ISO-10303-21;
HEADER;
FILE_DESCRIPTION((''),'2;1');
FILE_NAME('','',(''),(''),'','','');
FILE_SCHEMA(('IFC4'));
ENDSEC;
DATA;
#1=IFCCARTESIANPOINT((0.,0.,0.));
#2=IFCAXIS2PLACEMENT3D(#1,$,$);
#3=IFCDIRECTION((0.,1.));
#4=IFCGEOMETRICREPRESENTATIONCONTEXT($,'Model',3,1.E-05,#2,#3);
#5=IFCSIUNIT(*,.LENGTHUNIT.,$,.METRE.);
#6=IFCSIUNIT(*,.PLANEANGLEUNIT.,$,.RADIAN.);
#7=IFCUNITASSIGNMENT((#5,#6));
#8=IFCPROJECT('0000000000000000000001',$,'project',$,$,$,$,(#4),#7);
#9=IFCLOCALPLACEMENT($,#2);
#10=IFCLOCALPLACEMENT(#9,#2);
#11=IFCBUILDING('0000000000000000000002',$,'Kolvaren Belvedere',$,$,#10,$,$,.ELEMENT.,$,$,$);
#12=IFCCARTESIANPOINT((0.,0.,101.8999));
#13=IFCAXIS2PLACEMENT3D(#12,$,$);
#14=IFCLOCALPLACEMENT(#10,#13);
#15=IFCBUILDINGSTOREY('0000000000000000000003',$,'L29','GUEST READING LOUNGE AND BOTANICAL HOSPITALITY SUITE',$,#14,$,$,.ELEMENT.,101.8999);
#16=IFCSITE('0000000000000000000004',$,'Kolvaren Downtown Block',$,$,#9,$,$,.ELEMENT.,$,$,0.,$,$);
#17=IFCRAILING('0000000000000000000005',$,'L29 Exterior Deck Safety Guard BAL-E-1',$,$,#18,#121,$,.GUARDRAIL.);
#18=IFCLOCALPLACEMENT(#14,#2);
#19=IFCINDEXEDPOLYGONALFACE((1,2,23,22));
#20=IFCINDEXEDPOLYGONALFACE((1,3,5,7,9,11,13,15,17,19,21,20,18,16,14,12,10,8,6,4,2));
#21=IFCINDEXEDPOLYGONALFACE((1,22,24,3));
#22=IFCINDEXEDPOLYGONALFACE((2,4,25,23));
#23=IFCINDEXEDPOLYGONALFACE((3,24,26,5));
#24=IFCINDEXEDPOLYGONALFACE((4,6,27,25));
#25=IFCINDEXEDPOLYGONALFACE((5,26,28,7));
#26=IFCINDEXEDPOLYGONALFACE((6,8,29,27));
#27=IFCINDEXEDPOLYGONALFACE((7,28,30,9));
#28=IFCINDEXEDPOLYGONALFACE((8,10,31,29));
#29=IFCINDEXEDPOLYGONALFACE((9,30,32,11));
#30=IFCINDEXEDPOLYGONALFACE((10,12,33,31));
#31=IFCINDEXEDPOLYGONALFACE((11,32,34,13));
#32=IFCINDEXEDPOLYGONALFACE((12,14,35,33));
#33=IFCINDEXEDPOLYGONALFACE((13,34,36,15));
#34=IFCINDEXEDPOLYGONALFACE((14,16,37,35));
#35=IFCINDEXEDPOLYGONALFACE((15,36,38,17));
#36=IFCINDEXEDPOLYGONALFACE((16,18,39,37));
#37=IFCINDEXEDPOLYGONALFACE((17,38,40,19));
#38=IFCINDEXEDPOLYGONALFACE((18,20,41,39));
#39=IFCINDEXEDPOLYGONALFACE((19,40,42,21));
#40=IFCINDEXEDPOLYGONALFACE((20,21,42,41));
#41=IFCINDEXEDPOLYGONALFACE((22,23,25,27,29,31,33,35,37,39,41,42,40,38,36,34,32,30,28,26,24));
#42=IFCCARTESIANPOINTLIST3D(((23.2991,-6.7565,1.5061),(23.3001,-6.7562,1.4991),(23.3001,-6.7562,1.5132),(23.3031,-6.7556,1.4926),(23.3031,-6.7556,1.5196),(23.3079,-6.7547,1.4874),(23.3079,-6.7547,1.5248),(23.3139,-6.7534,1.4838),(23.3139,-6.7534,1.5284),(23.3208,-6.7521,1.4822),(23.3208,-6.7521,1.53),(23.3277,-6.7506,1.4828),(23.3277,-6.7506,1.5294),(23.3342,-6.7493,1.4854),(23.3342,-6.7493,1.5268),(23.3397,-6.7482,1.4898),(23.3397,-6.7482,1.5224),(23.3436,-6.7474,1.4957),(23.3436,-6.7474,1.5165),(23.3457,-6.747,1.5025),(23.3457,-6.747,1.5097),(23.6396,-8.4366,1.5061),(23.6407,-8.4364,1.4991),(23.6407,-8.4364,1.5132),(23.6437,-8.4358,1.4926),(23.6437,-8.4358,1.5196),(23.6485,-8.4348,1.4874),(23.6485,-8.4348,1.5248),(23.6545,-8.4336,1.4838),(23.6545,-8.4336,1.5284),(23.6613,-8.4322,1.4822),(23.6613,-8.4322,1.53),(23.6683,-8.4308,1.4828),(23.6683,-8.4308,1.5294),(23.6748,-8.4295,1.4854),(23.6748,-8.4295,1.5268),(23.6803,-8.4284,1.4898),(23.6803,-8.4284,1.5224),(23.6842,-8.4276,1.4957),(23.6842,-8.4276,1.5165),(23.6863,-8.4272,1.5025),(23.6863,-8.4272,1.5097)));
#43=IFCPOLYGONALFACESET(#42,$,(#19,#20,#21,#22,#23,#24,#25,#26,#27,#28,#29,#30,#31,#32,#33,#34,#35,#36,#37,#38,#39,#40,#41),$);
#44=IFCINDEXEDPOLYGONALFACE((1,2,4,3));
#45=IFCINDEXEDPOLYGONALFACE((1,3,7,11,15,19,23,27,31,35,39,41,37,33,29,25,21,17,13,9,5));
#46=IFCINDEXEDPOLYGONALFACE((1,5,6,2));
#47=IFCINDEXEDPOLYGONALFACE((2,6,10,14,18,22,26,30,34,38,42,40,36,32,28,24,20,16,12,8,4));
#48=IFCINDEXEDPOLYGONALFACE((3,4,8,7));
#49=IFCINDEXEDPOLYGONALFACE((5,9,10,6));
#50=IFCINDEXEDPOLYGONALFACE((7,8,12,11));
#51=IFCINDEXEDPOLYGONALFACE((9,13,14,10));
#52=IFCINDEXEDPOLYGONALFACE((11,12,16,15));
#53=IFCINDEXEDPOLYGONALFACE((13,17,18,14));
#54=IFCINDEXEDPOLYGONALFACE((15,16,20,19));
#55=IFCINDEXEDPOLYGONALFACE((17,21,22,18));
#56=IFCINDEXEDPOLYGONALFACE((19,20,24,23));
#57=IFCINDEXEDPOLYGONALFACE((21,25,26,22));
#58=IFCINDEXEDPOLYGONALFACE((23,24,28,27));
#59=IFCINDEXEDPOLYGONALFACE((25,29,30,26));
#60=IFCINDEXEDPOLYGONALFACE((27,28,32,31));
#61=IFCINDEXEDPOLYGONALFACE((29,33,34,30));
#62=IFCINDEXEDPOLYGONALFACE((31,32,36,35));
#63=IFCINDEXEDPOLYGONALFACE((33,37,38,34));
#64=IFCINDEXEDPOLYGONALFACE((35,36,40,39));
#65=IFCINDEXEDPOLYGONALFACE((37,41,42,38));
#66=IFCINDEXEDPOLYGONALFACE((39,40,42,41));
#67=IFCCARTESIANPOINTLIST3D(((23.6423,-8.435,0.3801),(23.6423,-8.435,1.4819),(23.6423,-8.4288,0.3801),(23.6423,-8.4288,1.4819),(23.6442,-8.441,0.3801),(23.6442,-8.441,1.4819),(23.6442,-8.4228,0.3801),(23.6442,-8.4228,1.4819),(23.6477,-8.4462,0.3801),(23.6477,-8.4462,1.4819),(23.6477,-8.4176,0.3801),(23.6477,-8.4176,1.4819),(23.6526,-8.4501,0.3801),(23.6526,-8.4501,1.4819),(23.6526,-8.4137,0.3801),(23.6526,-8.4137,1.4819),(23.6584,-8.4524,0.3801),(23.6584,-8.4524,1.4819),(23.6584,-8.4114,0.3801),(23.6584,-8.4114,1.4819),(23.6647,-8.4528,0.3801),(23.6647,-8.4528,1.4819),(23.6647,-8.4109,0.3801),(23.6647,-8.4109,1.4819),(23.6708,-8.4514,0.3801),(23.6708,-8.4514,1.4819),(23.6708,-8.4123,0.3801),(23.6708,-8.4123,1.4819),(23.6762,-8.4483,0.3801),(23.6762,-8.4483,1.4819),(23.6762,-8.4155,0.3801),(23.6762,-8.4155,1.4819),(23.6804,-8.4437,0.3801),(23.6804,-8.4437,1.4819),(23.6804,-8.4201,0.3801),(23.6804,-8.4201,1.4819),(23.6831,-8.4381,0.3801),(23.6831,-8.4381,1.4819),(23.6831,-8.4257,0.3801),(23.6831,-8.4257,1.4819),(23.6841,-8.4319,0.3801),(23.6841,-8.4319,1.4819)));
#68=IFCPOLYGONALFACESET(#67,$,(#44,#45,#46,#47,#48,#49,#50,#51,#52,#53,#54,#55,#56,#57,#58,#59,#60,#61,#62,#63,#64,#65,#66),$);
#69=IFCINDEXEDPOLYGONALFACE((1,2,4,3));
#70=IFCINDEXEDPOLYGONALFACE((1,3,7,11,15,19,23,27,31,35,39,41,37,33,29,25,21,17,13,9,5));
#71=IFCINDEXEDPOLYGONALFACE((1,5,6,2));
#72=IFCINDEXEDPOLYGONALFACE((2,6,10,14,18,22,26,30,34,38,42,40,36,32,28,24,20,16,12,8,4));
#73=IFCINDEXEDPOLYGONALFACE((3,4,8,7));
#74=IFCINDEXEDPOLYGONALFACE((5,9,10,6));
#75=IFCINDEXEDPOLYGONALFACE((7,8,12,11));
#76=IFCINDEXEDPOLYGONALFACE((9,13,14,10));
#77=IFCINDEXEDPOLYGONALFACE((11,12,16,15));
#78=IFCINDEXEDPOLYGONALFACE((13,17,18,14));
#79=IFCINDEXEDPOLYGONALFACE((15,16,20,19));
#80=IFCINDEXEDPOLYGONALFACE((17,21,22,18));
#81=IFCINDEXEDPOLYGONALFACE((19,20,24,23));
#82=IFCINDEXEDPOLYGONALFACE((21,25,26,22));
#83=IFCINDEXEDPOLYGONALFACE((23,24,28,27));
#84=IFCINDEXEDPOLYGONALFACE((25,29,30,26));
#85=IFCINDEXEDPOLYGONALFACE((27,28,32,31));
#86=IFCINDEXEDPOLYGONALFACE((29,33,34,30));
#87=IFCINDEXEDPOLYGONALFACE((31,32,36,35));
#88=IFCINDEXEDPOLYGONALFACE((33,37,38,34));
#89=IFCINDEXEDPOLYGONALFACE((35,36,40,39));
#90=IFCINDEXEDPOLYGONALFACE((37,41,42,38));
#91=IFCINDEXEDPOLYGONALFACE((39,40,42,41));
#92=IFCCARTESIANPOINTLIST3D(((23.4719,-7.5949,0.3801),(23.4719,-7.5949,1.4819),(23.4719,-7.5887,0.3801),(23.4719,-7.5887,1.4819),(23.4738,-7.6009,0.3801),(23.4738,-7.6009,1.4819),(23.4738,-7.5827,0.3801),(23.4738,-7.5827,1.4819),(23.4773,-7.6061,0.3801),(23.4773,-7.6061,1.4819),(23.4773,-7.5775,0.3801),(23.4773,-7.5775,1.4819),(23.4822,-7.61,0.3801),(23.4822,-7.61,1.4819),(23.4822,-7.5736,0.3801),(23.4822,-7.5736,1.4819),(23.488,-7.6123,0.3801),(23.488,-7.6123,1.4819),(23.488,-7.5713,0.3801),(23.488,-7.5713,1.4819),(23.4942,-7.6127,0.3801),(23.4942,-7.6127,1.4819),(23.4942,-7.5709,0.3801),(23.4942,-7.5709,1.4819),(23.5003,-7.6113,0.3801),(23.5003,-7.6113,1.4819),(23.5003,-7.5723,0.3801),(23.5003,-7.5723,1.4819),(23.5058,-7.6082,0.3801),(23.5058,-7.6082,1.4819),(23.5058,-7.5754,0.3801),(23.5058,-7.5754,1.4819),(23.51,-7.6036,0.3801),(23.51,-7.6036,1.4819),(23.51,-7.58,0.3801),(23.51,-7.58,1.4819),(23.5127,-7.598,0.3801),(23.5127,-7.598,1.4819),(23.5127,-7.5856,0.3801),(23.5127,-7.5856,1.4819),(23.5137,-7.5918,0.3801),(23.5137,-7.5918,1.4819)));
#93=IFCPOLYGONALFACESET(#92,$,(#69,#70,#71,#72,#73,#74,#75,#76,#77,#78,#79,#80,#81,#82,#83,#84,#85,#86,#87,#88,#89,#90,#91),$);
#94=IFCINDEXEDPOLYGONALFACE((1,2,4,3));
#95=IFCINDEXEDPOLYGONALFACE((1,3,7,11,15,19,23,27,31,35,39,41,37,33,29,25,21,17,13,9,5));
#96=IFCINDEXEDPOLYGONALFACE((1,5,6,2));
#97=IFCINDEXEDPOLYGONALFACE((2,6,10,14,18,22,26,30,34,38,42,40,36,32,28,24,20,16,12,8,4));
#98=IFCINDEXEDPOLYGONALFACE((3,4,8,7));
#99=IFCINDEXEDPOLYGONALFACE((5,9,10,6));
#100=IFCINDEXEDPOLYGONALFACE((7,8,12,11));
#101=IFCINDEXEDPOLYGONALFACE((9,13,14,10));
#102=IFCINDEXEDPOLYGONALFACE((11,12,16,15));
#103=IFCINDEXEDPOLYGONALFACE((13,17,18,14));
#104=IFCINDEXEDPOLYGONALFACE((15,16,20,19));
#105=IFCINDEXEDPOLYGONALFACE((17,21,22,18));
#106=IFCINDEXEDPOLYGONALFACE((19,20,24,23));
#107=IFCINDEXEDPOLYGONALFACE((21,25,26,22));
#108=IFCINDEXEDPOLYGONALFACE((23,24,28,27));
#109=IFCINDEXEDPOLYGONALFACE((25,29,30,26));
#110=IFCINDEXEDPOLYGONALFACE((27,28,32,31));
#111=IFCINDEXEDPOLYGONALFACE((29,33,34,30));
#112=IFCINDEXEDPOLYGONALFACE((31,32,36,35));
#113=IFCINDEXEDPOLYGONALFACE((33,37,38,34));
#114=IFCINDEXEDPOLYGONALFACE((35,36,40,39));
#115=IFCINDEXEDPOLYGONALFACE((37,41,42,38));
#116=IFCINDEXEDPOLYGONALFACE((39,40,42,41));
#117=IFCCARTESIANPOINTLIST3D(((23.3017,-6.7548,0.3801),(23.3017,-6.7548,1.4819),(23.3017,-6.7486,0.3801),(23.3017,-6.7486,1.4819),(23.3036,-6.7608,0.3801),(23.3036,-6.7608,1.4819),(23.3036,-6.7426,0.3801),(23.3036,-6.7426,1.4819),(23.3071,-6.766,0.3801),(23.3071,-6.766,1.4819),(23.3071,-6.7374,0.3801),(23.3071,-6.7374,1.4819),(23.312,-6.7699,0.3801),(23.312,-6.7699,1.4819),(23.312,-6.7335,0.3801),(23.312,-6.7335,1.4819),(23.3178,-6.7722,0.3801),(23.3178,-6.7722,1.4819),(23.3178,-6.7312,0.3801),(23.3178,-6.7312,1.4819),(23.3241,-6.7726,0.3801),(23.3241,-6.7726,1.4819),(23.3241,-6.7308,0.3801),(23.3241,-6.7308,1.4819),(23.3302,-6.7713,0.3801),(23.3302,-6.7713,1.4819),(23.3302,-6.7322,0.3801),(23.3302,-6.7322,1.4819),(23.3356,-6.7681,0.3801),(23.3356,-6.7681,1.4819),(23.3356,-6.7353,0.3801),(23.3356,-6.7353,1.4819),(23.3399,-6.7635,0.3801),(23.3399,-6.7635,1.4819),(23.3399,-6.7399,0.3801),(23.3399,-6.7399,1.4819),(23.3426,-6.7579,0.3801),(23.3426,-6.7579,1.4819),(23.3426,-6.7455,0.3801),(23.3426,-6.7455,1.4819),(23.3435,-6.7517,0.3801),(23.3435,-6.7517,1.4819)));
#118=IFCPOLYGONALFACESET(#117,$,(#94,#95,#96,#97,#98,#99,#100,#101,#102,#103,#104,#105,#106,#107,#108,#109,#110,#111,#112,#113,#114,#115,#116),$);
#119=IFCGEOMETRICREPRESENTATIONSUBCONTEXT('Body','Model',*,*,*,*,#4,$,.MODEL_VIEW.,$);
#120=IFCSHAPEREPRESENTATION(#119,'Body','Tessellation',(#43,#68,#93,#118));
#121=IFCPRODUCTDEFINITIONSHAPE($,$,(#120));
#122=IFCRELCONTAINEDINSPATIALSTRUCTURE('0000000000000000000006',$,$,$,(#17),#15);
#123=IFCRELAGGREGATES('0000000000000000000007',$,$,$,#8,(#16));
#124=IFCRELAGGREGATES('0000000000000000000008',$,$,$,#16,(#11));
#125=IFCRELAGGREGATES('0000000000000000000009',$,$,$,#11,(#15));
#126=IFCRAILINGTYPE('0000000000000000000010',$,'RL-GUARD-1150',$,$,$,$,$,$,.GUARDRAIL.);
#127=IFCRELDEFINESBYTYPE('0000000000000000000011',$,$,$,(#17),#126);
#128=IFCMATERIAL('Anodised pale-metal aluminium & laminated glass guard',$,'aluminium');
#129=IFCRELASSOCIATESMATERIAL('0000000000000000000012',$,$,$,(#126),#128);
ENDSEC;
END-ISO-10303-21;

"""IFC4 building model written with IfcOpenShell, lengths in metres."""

from ifc_helpers import new_model, si_unit, direction, frame, origin, origin_2d, place, context, subcontext, project, spatial, circle, extrude, material, type_object, element, save


model = new_model("IFC4")

# Units and contexts
model_context = context("Model", 3, precision=1e-05, world=origin(), true_north=direction((0.0, 1.0)))
body_context = subcontext(model_context, "Body", "Model", "MODEL_VIEW")
ifc_project = project(units=[si_unit("LENGTHUNIT", "METRE"), si_unit("PLANEANGLEUNIT", "RADIAN")], contexts=[model_context])

# Site, building, storey
site_placement = place(None, origin())
site = spatial("IfcSite", under=ifc_project, at=site_placement, Name="Kolvaren Downtown Block", CompositionType="ELEMENT", RefElevation=0.0)
building_placement = place(site_placement, origin())
building = spatial("IfcBuilding", under=site, at=building_placement, Name="Kolvaren Belvedere", CompositionType="ELEMENT")
storey_placement = place(building_placement, frame((0.0, 0.0, 101.8999)))
storey = spatial("IfcBuildingStorey", under=building, at=storey_placement, Name="L29", Description="GUEST READING LOUNGE AND BOTANICAL HOSPITALITY SUITE", CompositionType="ELEMENT", Elevation=101.8999)

# Railing
ifc_material_1 = material(Name="Anodised pale-metal aluminium & laminated glass guard", Category="aluminium")
railing_type = type_object("IfcRailingType", Name="RL-GUARD-1150", PredefinedType="GUARDRAIL", material=ifc_material_1)
railing_1_placement = place(storey_placement, frame((23.6631, -8.4319, 0.3801)))
element("IfcRailing", 1, at=railing_1_placement, inside=storey, type_object=railing_type, Name="L29 Exterior Deck Safety Guard BAL-E-1", PredefinedType="GUARDRAIL", context=body_context, shape_type="SweptSolid", body=[
    extrude(circle(Radius=0.0239, at=origin_2d()), frame((0.0, 0.0, 1.126), z_axis=(-0.198662, 0.980068, 0.0), x_axis=(-0.980068, -0.198662, 0.0)), (0.0, 0.0, 1.0), 1.7144),
    extrude(circle(Radius=0.021, at=origin_2d()), origin(), (0.0, 0.0, 1.0), 1.1018),
    extrude(circle(Radius=0.021, at=origin_2d()), frame((-0.1704, 0.8401, 0.0)), (0.0, 0.0, 1.0), 1.1018),
    extrude(circle(Radius=0.021, at=origin_2d()), frame((-0.3406, 1.6802, 0.0)), (0.0, 0.0, 1.0), 1.1018),
])

save(model, "model.ifc")
